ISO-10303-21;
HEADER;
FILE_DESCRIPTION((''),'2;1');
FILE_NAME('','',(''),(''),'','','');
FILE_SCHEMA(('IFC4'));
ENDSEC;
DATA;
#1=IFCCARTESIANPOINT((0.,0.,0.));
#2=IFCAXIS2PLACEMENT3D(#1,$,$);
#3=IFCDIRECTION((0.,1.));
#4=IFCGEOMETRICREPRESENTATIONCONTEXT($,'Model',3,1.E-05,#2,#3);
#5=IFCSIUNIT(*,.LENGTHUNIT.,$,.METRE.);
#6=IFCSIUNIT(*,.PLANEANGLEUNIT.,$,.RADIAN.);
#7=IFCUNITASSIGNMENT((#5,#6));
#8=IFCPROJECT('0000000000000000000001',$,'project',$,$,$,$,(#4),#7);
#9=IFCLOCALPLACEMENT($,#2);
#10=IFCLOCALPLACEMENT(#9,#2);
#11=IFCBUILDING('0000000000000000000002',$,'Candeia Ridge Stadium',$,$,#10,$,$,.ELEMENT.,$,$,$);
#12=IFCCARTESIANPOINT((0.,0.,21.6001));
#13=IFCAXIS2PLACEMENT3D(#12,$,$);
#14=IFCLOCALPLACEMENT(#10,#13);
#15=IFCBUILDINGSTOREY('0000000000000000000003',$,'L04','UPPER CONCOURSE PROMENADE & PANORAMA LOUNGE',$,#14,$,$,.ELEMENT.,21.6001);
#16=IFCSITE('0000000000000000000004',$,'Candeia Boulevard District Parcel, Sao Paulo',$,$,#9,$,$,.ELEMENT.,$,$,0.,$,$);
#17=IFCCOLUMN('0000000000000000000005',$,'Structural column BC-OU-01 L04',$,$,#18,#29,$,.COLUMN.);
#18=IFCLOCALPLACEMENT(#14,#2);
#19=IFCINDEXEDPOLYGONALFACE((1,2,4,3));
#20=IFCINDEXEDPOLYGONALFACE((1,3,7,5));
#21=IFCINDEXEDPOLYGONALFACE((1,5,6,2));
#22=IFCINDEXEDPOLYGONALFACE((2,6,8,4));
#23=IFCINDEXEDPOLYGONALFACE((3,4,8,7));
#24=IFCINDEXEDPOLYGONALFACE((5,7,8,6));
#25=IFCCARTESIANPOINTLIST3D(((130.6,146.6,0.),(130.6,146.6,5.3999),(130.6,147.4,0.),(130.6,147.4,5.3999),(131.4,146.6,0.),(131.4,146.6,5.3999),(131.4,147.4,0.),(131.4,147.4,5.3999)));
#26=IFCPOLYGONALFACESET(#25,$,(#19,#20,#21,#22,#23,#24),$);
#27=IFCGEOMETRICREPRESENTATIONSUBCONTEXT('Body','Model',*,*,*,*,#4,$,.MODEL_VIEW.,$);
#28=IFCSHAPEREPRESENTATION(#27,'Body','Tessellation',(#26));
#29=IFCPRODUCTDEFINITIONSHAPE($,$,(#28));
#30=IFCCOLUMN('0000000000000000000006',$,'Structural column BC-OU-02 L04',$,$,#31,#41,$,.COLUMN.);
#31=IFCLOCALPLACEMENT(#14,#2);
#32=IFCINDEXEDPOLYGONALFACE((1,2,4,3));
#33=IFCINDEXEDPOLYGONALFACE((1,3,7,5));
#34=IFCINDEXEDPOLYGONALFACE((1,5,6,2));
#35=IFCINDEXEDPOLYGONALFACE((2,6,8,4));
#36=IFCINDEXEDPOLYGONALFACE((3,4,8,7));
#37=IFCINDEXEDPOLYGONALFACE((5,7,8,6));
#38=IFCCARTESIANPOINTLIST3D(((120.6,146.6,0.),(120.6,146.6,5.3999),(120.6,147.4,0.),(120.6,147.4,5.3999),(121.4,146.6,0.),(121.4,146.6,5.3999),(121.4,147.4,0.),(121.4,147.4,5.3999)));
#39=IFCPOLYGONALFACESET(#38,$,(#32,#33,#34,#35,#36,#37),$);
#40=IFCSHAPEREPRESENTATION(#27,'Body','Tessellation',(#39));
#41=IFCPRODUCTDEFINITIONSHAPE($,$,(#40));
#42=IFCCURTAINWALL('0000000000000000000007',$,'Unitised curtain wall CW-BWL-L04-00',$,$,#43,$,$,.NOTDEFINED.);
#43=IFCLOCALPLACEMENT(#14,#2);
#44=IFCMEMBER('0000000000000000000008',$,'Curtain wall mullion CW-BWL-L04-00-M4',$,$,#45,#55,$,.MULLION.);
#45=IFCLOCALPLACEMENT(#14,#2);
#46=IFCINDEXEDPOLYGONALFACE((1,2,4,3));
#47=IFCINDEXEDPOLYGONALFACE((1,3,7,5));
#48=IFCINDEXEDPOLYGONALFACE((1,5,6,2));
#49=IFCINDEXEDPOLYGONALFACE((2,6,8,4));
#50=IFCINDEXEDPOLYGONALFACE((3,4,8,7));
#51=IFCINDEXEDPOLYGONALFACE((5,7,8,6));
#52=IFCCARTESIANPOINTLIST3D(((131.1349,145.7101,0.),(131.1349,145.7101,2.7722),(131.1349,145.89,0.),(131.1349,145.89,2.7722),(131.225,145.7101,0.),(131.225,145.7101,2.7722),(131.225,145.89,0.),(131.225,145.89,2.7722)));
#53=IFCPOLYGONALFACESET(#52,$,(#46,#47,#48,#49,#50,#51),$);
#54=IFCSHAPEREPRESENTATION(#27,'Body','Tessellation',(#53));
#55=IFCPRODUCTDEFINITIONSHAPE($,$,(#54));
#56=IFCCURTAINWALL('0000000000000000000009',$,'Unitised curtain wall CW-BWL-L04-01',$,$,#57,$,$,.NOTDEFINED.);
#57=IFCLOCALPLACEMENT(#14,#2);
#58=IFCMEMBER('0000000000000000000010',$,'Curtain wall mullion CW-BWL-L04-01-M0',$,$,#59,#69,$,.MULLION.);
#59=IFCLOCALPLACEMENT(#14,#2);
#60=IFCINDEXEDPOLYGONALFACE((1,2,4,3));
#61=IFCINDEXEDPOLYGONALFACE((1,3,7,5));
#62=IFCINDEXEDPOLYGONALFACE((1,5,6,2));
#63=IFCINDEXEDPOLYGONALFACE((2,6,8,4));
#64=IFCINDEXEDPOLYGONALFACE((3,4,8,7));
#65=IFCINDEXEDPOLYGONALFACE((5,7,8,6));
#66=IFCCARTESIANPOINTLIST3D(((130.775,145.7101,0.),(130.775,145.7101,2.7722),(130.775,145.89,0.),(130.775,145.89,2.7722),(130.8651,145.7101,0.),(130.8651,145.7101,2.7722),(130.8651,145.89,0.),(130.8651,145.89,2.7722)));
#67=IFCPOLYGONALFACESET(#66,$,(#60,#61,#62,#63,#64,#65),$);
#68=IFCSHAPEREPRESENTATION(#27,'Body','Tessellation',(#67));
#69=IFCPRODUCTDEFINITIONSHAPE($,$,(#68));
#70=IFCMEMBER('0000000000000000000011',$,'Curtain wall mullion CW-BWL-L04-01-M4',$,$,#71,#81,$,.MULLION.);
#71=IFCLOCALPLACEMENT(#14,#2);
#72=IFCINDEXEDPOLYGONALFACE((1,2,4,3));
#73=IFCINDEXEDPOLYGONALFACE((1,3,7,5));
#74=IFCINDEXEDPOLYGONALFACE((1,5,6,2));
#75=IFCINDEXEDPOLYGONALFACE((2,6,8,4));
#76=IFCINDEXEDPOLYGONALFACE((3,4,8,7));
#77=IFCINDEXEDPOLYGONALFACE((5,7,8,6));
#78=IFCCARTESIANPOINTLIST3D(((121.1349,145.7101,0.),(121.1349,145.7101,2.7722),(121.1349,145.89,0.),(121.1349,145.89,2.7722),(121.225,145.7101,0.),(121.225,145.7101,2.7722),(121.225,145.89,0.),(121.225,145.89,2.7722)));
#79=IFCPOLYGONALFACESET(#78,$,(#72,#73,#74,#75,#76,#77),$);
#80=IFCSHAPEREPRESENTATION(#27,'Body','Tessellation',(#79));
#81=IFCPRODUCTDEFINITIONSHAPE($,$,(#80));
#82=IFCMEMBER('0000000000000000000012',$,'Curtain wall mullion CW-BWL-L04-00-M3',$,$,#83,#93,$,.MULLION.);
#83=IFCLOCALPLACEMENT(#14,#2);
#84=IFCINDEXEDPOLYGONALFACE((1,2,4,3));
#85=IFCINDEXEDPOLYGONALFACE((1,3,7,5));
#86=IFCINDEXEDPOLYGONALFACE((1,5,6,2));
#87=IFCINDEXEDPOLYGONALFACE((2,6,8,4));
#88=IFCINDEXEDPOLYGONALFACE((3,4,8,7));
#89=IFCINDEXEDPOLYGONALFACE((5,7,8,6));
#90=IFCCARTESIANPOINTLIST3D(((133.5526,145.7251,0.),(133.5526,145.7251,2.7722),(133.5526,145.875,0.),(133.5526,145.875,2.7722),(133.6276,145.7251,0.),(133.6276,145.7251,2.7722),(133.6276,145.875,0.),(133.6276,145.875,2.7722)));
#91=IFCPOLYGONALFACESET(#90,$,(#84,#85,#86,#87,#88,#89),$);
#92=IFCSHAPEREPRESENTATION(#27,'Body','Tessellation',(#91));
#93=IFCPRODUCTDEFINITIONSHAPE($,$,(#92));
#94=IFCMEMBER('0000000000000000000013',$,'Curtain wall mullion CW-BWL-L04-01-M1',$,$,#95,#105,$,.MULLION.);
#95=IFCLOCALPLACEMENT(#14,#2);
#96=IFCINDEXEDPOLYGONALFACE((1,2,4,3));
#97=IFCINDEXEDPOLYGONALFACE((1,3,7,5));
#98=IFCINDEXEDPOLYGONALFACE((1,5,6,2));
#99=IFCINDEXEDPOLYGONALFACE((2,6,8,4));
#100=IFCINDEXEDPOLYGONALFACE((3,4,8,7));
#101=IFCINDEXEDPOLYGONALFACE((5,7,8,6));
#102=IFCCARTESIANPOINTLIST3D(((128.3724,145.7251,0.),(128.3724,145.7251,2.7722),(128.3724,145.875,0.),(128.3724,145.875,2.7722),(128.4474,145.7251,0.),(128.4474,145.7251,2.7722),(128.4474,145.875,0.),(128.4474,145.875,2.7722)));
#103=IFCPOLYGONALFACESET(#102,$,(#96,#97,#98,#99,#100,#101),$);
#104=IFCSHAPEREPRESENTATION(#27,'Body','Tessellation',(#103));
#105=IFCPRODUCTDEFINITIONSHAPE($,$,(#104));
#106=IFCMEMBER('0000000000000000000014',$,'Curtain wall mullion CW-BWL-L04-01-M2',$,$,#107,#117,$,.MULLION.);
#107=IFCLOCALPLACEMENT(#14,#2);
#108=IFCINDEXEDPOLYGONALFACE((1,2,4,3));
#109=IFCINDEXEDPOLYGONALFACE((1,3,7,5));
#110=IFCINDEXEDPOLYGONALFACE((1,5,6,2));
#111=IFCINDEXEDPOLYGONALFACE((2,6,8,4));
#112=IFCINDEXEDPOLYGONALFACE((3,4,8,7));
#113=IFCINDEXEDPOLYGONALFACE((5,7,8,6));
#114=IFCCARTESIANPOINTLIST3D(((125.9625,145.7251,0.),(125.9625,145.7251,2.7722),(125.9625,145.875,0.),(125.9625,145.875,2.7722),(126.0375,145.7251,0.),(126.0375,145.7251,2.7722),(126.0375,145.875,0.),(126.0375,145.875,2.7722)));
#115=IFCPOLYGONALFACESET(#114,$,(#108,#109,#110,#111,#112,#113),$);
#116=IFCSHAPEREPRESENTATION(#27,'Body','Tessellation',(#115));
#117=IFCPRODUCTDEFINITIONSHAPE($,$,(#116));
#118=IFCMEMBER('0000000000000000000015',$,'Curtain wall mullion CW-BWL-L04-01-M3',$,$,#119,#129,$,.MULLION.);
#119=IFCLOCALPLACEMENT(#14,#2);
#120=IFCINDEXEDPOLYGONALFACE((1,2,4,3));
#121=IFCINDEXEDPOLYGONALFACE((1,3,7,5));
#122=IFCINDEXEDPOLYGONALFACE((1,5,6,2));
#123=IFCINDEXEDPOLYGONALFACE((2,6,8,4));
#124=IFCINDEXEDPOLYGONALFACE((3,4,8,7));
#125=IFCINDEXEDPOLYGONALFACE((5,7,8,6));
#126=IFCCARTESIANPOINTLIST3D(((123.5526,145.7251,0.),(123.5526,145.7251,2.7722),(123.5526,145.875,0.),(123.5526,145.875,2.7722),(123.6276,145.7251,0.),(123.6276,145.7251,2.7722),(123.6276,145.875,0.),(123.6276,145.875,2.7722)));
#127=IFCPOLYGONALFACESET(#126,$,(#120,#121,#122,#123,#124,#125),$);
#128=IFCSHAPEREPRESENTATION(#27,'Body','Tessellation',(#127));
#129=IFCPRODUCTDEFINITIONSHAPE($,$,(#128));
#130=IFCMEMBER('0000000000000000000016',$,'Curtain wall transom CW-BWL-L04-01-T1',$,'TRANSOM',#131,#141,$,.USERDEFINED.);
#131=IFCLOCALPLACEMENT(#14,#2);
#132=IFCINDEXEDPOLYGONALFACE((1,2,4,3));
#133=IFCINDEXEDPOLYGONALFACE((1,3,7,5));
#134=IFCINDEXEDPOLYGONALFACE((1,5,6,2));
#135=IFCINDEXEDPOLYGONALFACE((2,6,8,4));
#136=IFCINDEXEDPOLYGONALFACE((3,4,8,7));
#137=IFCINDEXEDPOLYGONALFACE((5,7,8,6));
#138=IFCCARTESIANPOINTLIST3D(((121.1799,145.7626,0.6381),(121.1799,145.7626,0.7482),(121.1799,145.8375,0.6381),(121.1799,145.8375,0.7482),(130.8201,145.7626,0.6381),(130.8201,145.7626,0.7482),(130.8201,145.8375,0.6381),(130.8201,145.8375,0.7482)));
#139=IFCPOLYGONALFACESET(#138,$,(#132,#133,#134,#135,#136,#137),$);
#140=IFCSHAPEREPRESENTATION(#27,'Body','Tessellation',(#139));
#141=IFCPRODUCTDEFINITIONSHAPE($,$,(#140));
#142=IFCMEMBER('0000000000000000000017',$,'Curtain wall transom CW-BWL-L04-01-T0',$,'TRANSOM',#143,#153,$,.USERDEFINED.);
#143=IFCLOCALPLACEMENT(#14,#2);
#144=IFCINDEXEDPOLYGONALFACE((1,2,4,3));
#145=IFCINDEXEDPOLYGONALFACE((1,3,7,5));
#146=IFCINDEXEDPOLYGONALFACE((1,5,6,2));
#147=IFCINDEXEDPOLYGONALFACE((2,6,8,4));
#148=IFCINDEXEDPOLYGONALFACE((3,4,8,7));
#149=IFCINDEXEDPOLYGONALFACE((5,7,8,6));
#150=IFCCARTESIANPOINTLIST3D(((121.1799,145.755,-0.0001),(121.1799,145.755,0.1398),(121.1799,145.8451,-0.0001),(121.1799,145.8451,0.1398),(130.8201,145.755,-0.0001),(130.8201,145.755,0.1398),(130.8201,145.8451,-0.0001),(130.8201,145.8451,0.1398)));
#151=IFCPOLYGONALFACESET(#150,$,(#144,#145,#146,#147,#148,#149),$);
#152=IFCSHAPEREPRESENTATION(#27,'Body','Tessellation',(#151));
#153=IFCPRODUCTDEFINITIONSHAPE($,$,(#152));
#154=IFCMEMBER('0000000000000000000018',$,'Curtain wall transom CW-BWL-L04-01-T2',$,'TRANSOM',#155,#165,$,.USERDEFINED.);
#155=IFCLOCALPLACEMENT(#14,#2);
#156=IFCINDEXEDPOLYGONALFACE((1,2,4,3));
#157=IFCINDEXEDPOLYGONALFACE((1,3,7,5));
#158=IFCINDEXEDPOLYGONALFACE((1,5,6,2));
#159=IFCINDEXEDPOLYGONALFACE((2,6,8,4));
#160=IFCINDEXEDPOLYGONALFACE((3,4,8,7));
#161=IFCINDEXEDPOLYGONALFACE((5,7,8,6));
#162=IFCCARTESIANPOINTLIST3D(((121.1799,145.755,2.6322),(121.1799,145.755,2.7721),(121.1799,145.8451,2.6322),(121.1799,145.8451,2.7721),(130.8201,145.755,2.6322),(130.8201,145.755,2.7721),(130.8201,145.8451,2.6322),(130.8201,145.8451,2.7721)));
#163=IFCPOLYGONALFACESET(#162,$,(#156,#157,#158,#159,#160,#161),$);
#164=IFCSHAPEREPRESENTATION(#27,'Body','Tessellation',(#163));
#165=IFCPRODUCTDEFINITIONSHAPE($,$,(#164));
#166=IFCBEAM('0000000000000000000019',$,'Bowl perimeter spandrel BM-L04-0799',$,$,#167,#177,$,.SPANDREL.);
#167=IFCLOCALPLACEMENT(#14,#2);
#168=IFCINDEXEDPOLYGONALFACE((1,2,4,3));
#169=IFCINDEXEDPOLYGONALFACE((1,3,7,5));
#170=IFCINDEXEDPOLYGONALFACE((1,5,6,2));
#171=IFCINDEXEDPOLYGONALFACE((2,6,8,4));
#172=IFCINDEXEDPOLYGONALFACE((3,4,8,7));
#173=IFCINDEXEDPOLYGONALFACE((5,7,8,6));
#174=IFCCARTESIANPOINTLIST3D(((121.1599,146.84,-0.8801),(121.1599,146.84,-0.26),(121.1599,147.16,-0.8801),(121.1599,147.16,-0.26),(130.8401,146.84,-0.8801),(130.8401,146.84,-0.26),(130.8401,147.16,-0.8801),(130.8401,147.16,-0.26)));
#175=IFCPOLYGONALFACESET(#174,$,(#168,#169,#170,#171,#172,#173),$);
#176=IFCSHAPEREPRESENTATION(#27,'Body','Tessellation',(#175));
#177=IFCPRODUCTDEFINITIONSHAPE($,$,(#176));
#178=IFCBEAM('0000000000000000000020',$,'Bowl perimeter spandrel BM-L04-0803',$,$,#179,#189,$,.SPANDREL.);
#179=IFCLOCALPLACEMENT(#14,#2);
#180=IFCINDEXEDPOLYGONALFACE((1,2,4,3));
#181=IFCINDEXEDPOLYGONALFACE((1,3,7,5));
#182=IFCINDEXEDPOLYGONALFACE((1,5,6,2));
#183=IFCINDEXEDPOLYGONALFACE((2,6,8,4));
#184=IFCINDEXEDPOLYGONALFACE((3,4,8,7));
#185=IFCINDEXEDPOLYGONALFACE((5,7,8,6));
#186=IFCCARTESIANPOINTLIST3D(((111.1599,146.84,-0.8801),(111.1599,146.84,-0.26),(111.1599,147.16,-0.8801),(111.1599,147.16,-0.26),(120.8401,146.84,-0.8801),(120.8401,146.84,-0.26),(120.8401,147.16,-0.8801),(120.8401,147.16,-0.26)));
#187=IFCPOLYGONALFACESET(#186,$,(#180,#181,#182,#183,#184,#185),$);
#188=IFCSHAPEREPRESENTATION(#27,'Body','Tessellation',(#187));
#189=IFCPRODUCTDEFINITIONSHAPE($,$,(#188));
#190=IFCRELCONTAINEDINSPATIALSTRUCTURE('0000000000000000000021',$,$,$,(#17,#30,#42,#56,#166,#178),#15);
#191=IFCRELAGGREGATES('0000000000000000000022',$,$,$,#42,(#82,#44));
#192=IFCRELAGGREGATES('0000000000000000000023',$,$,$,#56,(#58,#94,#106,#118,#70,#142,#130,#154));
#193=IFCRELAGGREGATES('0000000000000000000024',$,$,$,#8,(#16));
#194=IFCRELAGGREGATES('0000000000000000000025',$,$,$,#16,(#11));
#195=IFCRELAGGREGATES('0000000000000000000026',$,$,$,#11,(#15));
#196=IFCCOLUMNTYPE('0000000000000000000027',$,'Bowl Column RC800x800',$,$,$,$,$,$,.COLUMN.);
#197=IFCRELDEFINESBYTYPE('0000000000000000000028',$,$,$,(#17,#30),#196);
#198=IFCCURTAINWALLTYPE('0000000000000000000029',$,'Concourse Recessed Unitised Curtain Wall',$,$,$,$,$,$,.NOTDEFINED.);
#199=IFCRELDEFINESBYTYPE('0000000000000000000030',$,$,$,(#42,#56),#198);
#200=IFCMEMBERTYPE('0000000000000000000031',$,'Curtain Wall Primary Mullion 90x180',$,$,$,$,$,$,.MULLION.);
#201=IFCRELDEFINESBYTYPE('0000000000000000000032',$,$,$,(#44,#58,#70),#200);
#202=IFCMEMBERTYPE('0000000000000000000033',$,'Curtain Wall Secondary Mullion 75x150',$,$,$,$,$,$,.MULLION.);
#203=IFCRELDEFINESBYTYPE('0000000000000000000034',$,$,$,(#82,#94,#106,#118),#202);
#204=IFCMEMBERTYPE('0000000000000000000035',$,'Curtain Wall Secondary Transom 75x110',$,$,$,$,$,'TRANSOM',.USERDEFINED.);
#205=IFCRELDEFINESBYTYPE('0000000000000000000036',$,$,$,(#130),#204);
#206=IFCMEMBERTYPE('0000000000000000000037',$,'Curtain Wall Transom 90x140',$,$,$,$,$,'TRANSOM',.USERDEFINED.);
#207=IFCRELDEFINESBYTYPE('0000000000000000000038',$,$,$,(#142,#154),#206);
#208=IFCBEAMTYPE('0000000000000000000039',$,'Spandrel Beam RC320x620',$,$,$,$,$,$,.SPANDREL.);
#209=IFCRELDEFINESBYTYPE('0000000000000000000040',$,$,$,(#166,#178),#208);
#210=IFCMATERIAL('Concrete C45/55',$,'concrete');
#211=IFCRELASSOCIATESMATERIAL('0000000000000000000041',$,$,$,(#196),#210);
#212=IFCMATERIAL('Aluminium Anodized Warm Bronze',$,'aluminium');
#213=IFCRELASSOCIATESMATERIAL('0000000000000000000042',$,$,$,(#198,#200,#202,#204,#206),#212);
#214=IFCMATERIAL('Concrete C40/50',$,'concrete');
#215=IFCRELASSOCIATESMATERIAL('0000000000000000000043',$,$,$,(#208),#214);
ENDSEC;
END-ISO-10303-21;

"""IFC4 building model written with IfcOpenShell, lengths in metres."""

from ifc_helpers import new_model, si_unit, direction, frame, origin, origin_2d, place, context, subcontext, project, spatial, rectangle, extrude, material, material_profile, profile_set, type_object, element, aggregate, save


model = new_model("IFC4")

# Units and contexts
model_context = context("Model", 3, precision=1e-05, world=origin(), true_north=direction((0.0, 1.0)))
body_context = subcontext(model_context, "Body", "Model", "MODEL_VIEW")
ifc_project = project(units=[si_unit("LENGTHUNIT", "METRE"), si_unit("PLANEANGLEUNIT", "RADIAN")], contexts=[model_context])

# Site, building, storey
site_placement = place(None, origin())
site = spatial("IfcSite", under=ifc_project, at=site_placement, Name="Candeia Boulevard District Parcel, Sao Paulo", CompositionType="ELEMENT", RefElevation=0.0)
building_placement = place(site_placement, origin())
building = spatial("IfcBuilding", under=site, at=building_placement, Name="Candeia Ridge Stadium", CompositionType="ELEMENT")
storey_placement = place(building_placement, frame((0.0, 0.0, 21.6001)))
storey = spatial("IfcBuildingStorey", under=building, at=storey_placement, Name="L04", Description="UPPER CONCOURSE PROMENADE & PANORAMA LOUNGE", CompositionType="ELEMENT", Elevation=21.6001)

# Columns
ifc_material_1 = material(Name="Concrete C45/55", Category="concrete")
ifc_material_profile_1 = material_profile(ifc_material_1, rectangle(XDim=0.8, YDim=0.8, at=origin_2d()), Name="RC800x800", Category="concrete")
ifc_profile_set_1 = profile_set([ifc_material_profile_1], Name="Concrete C45/55")
column_type = type_object("IfcColumnType", Name="Bowl Column RC800x800", PredefinedType="COLUMN", material=ifc_profile_set_1)
for number, where, z_axis, x_axis, name in (
    (1, (131.0, 147.0, 0.0), (0.0, 0.0, 1.0), (1.0, 0.0, 0.0), "Structural column BC-OU-01 L04"),
    (2, (121.0, 147.0, 0.0), (0.0, 0.0, 1.0), (1.0, 0.0, 0.0), "Structural column BC-OU-02 L04"),
):
    element("IfcColumn", number, at=place(storey_placement, frame(where, z_axis=z_axis, x_axis=x_axis)), inside=storey, type_object=column_type, Name=name, PredefinedType="COLUMN", context=body_context, shape_type="SweptSolid", body=[
        extrude(rectangle(XDim=0.8, YDim=0.8, at=origin_2d()), origin(), (0.0, 0.0, 1.0), 5.3999),
    ])

# Curtain wall, member
ifc_material_2 = material(Name="Aluminium Anodized Warm Bronze", Category="aluminium")
curtain_wall_type = type_object("IfcCurtainWallType", Name="Concourse Recessed Unitised Curtain Wall", PredefinedType="NOTDEFINED", material=ifc_material_2)
curtain_wall_1_placement = place(storey_placement, origin())
curtain_wall_1 = element("IfcCurtainWall", 3, at=curtain_wall_1_placement, inside=storey, type_object=curtain_wall_type, Name="Unitised curtain wall CW-BWL-L04-00", PredefinedType="NOTDEFINED")
ifc_material_profile_2 = material_profile(ifc_material_2, rectangle(XDim=0.0901, YDim=0.1799, at=origin_2d()), Name="CWM-90x180", Category="aluminium")
ifc_profile_set_2 = profile_set([ifc_material_profile_2], Name="Aluminium Anodized Warm Bronze")
member_type_1 = type_object("IfcMemberType", Name="Curtain Wall Primary Mullion 90x180", PredefinedType="MULLION", material=ifc_profile_set_2)
member_1_placement = place(storey_placement, frame((131.1799, 145.8, 0.0), z_axis=(0.0, 0.0, 1.0), x_axis=(1.0, 0.0, 0.0)))
member_1 = element("IfcMember", 4, at=member_1_placement, type_object=member_type_1, Name="Curtain wall mullion CW-BWL-L04-00-M4", PredefinedType="MULLION", context=body_context, shape_type="SweptSolid", body=[
    extrude(rectangle(XDim=0.0901, YDim=0.1799, at=origin_2d()), origin(), (0.0, 0.0, 1.0), 2.7722),
])

# Curtain wall, members
curtain_wall_2_placement = place(storey_placement, origin())
curtain_wall_2 = element("IfcCurtainWall", 5, at=curtain_wall_2_placement, inside=storey, type_object=curtain_wall_type, Name="Unitised curtain wall CW-BWL-L04-01", PredefinedType="NOTDEFINED")
member_2_placement = place(storey_placement, frame((130.8201, 145.8, 0.0), z_axis=(0.0, 0.0, 1.0), x_axis=(1.0, 0.0, 0.0)))
member_2 = element("IfcMember", 6, at=member_2_placement, type_object=member_type_1, Name="Curtain wall mullion CW-BWL-L04-01-M0", PredefinedType="MULLION", context=body_context, shape_type="SweptSolid", body=[
    extrude(rectangle(XDim=0.0901, YDim=0.1799, at=origin_2d()), origin(), (0.0, 0.0, 1.0), 2.7722),
])
member_3_placement = place(storey_placement, frame((121.1799, 145.8, 0.0), z_axis=(0.0, 0.0, 1.0), x_axis=(1.0, 0.0, 0.0)))
member_3 = element("IfcMember", 7, at=member_3_placement, type_object=member_type_1, Name="Curtain wall mullion CW-BWL-L04-01-M4", PredefinedType="MULLION", context=body_context, shape_type="SweptSolid", body=[
    extrude(rectangle(XDim=0.0901, YDim=0.1799, at=origin_2d()), origin(), (0.0, 0.0, 1.0), 2.7722),
])

# Members
ifc_material_profile_3 = material_profile(ifc_material_2, rectangle(XDim=0.075, YDim=0.1499, at=origin_2d()), Name="CWM-75x150", Category="aluminium")
ifc_profile_set_3 = profile_set([ifc_material_profile_3], Name="Aluminium Anodized Warm Bronze")
member_type_2 = type_object("IfcMemberType", Name="Curtain Wall Secondary Mullion 75x150", PredefinedType="MULLION", material=ifc_profile_set_3)
member_4_placement = place(storey_placement, frame((133.5901, 145.8, 0.0), z_axis=(0.0, 0.0, 1.0), x_axis=(1.0, 0.0, 0.0)))
member_4 = element("IfcMember", 8, at=member_4_placement, type_object=member_type_2, Name="Curtain wall mullion CW-BWL-L04-00-M3", PredefinedType="MULLION", context=body_context, shape_type="SweptSolid", body=[
    extrude(rectangle(XDim=0.075, YDim=0.1499, at=origin_2d()), origin(), (0.0, 0.0, 1.0), 2.7722),
])
member_5_placement = place(storey_placement, frame((128.4099, 145.8, 0.0), z_axis=(0.0, 0.0, 1.0), x_axis=(1.0, 0.0, 0.0)))
member_5 = element("IfcMember", 9, at=member_5_placement, type_object=member_type_2, Name="Curtain wall mullion CW-BWL-L04-01-M1", PredefinedType="MULLION", context=body_context, shape_type="SweptSolid", body=[
    extrude(rectangle(XDim=0.075, YDim=0.1499, at=origin_2d()), origin(), (0.0, 0.0, 1.0), 2.7722),
])
member_6_placement = place(storey_placement, frame((126.0, 145.8, 0.0), z_axis=(0.0, 0.0, 1.0), x_axis=(1.0, 0.0, 0.0)))
member_6 = element("IfcMember", 10, at=member_6_placement, type_object=member_type_2, Name="Curtain wall mullion CW-BWL-L04-01-M2", PredefinedType="MULLION", context=body_context, shape_type="SweptSolid", body=[
    extrude(rectangle(XDim=0.075, YDim=0.1499, at=origin_2d()), origin(), (0.0, 0.0, 1.0), 2.7722),
])
member_7_placement = place(storey_placement, frame((123.5901, 145.8, 0.0), z_axis=(0.0, 0.0, 1.0), x_axis=(1.0, 0.0, 0.0)))
member_7 = element("IfcMember", 11, at=member_7_placement, type_object=member_type_2, Name="Curtain wall mullion CW-BWL-L04-01-M3", PredefinedType="MULLION", context=body_context, shape_type="SweptSolid", body=[
    extrude(rectangle(XDim=0.075, YDim=0.1499, at=origin_2d()), origin(), (0.0, 0.0, 1.0), 2.7722),
])
ifc_material_profile_4 = material_profile(ifc_material_2, rectangle(XDim=0.075, YDim=0.1101, at=origin_2d()), Name="CWT-75x110", Category="aluminium")
ifc_profile_set_4 = profile_set([ifc_material_profile_4], Name="Aluminium Anodized Warm Bronze")
member_type_3 = type_object("IfcMemberType", Name="Curtain Wall Secondary Transom 75x110", ElementType="TRANSOM", PredefinedType="USERDEFINED", material=ifc_profile_set_4)
member_8_placement = place(storey_placement, frame((130.8201, 145.8, 0.6931), z_axis=(-1.0, 0.0, 0.0), x_axis=(0.0, -1.0, 0.0)))
member_8 = element("IfcMember", 12, at=member_8_placement, type_object=member_type_3, Name="Curtain wall transom CW-BWL-L04-01-T1", ObjectType="TRANSOM", PredefinedType="USERDEFINED", context=body_context, shape_type="SweptSolid", body=[
    extrude(rectangle(XDim=0.075, YDim=0.1101, at=origin_2d()), origin(), (0.0, 0.0, 1.0), 9.6401),
])
ifc_material_profile_5 = material_profile(ifc_material_2, rectangle(XDim=0.0901, YDim=0.1399, at=origin_2d()), Name="CWT-90x140", Category="aluminium")
ifc_profile_set_5 = profile_set([ifc_material_profile_5], Name="Aluminium Anodized Warm Bronze")
member_type_4 = type_object("IfcMemberType", Name="Curtain Wall Transom 90x140", ElementType="TRANSOM", PredefinedType="USERDEFINED", material=ifc_profile_set_5)
member_9_placement = place(storey_placement, frame((130.8201, 145.8, 0.0698), z_axis=(-1.0, 0.0, 0.0), x_axis=(0.0, -1.0, 0.0)))
member_9 = element("IfcMember", 13, at=member_9_placement, type_object=member_type_4, Name="Curtain wall transom CW-BWL-L04-01-T0", ObjectType="TRANSOM", PredefinedType="USERDEFINED", context=body_context, shape_type="SweptSolid", body=[
    extrude(rectangle(XDim=0.0901, YDim=0.1399, at=origin_2d()), origin(), (0.0, 0.0, 1.0), 9.6401),
])
member_10_placement = place(storey_placement, frame((130.8201, 145.8, 2.7021), z_axis=(-1.0, 0.0, 0.0), x_axis=(0.0, -1.0, 0.0)))
member_10 = element("IfcMember", 14, at=member_10_placement, type_object=member_type_4, Name="Curtain wall transom CW-BWL-L04-01-T2", ObjectType="TRANSOM", PredefinedType="USERDEFINED", context=body_context, shape_type="SweptSolid", body=[
    extrude(rectangle(XDim=0.0901, YDim=0.1399, at=origin_2d()), origin(), (0.0, 0.0, 1.0), 9.6401),
])

# Beams
ifc_material_3 = material(Name="Concrete C40/50", Category="concrete")
ifc_material_profile_6 = material_profile(ifc_material_3, rectangle(XDim=0.3201, YDim=0.6201, at=origin_2d()), Name="RC320x620", Category="concrete")
ifc_profile_set_6 = profile_set([ifc_material_profile_6], Name="Concrete C40/50")
beam_type = type_object("IfcBeamType", Name="Spandrel Beam RC320x620", PredefinedType="SPANDREL", material=ifc_profile_set_6)
for number, where, z_axis, x_axis, name in (
    (15, (130.8401, 147.0, -0.5701), (-1.0, 0.0, 0.0), (0.0, -1.0, 0.0), "Bowl perimeter spandrel BM-L04-0799"),
    (16, (120.8401, 147.0, -0.5701), (-1.0, 0.0, 0.0), (0.0, -1.0, 0.0), "Bowl perimeter spandrel BM-L04-0803"),
):
    element("IfcBeam", number, at=place(storey_placement, frame(where, z_axis=z_axis, x_axis=x_axis)), inside=storey, type_object=beam_type, Name=name, PredefinedType="SPANDREL", context=body_context, shape_type="SweptSolid", body=[
        extrude(rectangle(XDim=0.3201, YDim=0.6201, at=origin_2d()), origin(), (0.0, 0.0, 1.0), 9.6802),
    ])

aggregate(curtain_wall_1, [member_4, member_1])
aggregate(curtain_wall_2, [member_2, member_5, member_6, member_7, member_3, member_9, member_8, member_10])

save(model, "model.ifc")
